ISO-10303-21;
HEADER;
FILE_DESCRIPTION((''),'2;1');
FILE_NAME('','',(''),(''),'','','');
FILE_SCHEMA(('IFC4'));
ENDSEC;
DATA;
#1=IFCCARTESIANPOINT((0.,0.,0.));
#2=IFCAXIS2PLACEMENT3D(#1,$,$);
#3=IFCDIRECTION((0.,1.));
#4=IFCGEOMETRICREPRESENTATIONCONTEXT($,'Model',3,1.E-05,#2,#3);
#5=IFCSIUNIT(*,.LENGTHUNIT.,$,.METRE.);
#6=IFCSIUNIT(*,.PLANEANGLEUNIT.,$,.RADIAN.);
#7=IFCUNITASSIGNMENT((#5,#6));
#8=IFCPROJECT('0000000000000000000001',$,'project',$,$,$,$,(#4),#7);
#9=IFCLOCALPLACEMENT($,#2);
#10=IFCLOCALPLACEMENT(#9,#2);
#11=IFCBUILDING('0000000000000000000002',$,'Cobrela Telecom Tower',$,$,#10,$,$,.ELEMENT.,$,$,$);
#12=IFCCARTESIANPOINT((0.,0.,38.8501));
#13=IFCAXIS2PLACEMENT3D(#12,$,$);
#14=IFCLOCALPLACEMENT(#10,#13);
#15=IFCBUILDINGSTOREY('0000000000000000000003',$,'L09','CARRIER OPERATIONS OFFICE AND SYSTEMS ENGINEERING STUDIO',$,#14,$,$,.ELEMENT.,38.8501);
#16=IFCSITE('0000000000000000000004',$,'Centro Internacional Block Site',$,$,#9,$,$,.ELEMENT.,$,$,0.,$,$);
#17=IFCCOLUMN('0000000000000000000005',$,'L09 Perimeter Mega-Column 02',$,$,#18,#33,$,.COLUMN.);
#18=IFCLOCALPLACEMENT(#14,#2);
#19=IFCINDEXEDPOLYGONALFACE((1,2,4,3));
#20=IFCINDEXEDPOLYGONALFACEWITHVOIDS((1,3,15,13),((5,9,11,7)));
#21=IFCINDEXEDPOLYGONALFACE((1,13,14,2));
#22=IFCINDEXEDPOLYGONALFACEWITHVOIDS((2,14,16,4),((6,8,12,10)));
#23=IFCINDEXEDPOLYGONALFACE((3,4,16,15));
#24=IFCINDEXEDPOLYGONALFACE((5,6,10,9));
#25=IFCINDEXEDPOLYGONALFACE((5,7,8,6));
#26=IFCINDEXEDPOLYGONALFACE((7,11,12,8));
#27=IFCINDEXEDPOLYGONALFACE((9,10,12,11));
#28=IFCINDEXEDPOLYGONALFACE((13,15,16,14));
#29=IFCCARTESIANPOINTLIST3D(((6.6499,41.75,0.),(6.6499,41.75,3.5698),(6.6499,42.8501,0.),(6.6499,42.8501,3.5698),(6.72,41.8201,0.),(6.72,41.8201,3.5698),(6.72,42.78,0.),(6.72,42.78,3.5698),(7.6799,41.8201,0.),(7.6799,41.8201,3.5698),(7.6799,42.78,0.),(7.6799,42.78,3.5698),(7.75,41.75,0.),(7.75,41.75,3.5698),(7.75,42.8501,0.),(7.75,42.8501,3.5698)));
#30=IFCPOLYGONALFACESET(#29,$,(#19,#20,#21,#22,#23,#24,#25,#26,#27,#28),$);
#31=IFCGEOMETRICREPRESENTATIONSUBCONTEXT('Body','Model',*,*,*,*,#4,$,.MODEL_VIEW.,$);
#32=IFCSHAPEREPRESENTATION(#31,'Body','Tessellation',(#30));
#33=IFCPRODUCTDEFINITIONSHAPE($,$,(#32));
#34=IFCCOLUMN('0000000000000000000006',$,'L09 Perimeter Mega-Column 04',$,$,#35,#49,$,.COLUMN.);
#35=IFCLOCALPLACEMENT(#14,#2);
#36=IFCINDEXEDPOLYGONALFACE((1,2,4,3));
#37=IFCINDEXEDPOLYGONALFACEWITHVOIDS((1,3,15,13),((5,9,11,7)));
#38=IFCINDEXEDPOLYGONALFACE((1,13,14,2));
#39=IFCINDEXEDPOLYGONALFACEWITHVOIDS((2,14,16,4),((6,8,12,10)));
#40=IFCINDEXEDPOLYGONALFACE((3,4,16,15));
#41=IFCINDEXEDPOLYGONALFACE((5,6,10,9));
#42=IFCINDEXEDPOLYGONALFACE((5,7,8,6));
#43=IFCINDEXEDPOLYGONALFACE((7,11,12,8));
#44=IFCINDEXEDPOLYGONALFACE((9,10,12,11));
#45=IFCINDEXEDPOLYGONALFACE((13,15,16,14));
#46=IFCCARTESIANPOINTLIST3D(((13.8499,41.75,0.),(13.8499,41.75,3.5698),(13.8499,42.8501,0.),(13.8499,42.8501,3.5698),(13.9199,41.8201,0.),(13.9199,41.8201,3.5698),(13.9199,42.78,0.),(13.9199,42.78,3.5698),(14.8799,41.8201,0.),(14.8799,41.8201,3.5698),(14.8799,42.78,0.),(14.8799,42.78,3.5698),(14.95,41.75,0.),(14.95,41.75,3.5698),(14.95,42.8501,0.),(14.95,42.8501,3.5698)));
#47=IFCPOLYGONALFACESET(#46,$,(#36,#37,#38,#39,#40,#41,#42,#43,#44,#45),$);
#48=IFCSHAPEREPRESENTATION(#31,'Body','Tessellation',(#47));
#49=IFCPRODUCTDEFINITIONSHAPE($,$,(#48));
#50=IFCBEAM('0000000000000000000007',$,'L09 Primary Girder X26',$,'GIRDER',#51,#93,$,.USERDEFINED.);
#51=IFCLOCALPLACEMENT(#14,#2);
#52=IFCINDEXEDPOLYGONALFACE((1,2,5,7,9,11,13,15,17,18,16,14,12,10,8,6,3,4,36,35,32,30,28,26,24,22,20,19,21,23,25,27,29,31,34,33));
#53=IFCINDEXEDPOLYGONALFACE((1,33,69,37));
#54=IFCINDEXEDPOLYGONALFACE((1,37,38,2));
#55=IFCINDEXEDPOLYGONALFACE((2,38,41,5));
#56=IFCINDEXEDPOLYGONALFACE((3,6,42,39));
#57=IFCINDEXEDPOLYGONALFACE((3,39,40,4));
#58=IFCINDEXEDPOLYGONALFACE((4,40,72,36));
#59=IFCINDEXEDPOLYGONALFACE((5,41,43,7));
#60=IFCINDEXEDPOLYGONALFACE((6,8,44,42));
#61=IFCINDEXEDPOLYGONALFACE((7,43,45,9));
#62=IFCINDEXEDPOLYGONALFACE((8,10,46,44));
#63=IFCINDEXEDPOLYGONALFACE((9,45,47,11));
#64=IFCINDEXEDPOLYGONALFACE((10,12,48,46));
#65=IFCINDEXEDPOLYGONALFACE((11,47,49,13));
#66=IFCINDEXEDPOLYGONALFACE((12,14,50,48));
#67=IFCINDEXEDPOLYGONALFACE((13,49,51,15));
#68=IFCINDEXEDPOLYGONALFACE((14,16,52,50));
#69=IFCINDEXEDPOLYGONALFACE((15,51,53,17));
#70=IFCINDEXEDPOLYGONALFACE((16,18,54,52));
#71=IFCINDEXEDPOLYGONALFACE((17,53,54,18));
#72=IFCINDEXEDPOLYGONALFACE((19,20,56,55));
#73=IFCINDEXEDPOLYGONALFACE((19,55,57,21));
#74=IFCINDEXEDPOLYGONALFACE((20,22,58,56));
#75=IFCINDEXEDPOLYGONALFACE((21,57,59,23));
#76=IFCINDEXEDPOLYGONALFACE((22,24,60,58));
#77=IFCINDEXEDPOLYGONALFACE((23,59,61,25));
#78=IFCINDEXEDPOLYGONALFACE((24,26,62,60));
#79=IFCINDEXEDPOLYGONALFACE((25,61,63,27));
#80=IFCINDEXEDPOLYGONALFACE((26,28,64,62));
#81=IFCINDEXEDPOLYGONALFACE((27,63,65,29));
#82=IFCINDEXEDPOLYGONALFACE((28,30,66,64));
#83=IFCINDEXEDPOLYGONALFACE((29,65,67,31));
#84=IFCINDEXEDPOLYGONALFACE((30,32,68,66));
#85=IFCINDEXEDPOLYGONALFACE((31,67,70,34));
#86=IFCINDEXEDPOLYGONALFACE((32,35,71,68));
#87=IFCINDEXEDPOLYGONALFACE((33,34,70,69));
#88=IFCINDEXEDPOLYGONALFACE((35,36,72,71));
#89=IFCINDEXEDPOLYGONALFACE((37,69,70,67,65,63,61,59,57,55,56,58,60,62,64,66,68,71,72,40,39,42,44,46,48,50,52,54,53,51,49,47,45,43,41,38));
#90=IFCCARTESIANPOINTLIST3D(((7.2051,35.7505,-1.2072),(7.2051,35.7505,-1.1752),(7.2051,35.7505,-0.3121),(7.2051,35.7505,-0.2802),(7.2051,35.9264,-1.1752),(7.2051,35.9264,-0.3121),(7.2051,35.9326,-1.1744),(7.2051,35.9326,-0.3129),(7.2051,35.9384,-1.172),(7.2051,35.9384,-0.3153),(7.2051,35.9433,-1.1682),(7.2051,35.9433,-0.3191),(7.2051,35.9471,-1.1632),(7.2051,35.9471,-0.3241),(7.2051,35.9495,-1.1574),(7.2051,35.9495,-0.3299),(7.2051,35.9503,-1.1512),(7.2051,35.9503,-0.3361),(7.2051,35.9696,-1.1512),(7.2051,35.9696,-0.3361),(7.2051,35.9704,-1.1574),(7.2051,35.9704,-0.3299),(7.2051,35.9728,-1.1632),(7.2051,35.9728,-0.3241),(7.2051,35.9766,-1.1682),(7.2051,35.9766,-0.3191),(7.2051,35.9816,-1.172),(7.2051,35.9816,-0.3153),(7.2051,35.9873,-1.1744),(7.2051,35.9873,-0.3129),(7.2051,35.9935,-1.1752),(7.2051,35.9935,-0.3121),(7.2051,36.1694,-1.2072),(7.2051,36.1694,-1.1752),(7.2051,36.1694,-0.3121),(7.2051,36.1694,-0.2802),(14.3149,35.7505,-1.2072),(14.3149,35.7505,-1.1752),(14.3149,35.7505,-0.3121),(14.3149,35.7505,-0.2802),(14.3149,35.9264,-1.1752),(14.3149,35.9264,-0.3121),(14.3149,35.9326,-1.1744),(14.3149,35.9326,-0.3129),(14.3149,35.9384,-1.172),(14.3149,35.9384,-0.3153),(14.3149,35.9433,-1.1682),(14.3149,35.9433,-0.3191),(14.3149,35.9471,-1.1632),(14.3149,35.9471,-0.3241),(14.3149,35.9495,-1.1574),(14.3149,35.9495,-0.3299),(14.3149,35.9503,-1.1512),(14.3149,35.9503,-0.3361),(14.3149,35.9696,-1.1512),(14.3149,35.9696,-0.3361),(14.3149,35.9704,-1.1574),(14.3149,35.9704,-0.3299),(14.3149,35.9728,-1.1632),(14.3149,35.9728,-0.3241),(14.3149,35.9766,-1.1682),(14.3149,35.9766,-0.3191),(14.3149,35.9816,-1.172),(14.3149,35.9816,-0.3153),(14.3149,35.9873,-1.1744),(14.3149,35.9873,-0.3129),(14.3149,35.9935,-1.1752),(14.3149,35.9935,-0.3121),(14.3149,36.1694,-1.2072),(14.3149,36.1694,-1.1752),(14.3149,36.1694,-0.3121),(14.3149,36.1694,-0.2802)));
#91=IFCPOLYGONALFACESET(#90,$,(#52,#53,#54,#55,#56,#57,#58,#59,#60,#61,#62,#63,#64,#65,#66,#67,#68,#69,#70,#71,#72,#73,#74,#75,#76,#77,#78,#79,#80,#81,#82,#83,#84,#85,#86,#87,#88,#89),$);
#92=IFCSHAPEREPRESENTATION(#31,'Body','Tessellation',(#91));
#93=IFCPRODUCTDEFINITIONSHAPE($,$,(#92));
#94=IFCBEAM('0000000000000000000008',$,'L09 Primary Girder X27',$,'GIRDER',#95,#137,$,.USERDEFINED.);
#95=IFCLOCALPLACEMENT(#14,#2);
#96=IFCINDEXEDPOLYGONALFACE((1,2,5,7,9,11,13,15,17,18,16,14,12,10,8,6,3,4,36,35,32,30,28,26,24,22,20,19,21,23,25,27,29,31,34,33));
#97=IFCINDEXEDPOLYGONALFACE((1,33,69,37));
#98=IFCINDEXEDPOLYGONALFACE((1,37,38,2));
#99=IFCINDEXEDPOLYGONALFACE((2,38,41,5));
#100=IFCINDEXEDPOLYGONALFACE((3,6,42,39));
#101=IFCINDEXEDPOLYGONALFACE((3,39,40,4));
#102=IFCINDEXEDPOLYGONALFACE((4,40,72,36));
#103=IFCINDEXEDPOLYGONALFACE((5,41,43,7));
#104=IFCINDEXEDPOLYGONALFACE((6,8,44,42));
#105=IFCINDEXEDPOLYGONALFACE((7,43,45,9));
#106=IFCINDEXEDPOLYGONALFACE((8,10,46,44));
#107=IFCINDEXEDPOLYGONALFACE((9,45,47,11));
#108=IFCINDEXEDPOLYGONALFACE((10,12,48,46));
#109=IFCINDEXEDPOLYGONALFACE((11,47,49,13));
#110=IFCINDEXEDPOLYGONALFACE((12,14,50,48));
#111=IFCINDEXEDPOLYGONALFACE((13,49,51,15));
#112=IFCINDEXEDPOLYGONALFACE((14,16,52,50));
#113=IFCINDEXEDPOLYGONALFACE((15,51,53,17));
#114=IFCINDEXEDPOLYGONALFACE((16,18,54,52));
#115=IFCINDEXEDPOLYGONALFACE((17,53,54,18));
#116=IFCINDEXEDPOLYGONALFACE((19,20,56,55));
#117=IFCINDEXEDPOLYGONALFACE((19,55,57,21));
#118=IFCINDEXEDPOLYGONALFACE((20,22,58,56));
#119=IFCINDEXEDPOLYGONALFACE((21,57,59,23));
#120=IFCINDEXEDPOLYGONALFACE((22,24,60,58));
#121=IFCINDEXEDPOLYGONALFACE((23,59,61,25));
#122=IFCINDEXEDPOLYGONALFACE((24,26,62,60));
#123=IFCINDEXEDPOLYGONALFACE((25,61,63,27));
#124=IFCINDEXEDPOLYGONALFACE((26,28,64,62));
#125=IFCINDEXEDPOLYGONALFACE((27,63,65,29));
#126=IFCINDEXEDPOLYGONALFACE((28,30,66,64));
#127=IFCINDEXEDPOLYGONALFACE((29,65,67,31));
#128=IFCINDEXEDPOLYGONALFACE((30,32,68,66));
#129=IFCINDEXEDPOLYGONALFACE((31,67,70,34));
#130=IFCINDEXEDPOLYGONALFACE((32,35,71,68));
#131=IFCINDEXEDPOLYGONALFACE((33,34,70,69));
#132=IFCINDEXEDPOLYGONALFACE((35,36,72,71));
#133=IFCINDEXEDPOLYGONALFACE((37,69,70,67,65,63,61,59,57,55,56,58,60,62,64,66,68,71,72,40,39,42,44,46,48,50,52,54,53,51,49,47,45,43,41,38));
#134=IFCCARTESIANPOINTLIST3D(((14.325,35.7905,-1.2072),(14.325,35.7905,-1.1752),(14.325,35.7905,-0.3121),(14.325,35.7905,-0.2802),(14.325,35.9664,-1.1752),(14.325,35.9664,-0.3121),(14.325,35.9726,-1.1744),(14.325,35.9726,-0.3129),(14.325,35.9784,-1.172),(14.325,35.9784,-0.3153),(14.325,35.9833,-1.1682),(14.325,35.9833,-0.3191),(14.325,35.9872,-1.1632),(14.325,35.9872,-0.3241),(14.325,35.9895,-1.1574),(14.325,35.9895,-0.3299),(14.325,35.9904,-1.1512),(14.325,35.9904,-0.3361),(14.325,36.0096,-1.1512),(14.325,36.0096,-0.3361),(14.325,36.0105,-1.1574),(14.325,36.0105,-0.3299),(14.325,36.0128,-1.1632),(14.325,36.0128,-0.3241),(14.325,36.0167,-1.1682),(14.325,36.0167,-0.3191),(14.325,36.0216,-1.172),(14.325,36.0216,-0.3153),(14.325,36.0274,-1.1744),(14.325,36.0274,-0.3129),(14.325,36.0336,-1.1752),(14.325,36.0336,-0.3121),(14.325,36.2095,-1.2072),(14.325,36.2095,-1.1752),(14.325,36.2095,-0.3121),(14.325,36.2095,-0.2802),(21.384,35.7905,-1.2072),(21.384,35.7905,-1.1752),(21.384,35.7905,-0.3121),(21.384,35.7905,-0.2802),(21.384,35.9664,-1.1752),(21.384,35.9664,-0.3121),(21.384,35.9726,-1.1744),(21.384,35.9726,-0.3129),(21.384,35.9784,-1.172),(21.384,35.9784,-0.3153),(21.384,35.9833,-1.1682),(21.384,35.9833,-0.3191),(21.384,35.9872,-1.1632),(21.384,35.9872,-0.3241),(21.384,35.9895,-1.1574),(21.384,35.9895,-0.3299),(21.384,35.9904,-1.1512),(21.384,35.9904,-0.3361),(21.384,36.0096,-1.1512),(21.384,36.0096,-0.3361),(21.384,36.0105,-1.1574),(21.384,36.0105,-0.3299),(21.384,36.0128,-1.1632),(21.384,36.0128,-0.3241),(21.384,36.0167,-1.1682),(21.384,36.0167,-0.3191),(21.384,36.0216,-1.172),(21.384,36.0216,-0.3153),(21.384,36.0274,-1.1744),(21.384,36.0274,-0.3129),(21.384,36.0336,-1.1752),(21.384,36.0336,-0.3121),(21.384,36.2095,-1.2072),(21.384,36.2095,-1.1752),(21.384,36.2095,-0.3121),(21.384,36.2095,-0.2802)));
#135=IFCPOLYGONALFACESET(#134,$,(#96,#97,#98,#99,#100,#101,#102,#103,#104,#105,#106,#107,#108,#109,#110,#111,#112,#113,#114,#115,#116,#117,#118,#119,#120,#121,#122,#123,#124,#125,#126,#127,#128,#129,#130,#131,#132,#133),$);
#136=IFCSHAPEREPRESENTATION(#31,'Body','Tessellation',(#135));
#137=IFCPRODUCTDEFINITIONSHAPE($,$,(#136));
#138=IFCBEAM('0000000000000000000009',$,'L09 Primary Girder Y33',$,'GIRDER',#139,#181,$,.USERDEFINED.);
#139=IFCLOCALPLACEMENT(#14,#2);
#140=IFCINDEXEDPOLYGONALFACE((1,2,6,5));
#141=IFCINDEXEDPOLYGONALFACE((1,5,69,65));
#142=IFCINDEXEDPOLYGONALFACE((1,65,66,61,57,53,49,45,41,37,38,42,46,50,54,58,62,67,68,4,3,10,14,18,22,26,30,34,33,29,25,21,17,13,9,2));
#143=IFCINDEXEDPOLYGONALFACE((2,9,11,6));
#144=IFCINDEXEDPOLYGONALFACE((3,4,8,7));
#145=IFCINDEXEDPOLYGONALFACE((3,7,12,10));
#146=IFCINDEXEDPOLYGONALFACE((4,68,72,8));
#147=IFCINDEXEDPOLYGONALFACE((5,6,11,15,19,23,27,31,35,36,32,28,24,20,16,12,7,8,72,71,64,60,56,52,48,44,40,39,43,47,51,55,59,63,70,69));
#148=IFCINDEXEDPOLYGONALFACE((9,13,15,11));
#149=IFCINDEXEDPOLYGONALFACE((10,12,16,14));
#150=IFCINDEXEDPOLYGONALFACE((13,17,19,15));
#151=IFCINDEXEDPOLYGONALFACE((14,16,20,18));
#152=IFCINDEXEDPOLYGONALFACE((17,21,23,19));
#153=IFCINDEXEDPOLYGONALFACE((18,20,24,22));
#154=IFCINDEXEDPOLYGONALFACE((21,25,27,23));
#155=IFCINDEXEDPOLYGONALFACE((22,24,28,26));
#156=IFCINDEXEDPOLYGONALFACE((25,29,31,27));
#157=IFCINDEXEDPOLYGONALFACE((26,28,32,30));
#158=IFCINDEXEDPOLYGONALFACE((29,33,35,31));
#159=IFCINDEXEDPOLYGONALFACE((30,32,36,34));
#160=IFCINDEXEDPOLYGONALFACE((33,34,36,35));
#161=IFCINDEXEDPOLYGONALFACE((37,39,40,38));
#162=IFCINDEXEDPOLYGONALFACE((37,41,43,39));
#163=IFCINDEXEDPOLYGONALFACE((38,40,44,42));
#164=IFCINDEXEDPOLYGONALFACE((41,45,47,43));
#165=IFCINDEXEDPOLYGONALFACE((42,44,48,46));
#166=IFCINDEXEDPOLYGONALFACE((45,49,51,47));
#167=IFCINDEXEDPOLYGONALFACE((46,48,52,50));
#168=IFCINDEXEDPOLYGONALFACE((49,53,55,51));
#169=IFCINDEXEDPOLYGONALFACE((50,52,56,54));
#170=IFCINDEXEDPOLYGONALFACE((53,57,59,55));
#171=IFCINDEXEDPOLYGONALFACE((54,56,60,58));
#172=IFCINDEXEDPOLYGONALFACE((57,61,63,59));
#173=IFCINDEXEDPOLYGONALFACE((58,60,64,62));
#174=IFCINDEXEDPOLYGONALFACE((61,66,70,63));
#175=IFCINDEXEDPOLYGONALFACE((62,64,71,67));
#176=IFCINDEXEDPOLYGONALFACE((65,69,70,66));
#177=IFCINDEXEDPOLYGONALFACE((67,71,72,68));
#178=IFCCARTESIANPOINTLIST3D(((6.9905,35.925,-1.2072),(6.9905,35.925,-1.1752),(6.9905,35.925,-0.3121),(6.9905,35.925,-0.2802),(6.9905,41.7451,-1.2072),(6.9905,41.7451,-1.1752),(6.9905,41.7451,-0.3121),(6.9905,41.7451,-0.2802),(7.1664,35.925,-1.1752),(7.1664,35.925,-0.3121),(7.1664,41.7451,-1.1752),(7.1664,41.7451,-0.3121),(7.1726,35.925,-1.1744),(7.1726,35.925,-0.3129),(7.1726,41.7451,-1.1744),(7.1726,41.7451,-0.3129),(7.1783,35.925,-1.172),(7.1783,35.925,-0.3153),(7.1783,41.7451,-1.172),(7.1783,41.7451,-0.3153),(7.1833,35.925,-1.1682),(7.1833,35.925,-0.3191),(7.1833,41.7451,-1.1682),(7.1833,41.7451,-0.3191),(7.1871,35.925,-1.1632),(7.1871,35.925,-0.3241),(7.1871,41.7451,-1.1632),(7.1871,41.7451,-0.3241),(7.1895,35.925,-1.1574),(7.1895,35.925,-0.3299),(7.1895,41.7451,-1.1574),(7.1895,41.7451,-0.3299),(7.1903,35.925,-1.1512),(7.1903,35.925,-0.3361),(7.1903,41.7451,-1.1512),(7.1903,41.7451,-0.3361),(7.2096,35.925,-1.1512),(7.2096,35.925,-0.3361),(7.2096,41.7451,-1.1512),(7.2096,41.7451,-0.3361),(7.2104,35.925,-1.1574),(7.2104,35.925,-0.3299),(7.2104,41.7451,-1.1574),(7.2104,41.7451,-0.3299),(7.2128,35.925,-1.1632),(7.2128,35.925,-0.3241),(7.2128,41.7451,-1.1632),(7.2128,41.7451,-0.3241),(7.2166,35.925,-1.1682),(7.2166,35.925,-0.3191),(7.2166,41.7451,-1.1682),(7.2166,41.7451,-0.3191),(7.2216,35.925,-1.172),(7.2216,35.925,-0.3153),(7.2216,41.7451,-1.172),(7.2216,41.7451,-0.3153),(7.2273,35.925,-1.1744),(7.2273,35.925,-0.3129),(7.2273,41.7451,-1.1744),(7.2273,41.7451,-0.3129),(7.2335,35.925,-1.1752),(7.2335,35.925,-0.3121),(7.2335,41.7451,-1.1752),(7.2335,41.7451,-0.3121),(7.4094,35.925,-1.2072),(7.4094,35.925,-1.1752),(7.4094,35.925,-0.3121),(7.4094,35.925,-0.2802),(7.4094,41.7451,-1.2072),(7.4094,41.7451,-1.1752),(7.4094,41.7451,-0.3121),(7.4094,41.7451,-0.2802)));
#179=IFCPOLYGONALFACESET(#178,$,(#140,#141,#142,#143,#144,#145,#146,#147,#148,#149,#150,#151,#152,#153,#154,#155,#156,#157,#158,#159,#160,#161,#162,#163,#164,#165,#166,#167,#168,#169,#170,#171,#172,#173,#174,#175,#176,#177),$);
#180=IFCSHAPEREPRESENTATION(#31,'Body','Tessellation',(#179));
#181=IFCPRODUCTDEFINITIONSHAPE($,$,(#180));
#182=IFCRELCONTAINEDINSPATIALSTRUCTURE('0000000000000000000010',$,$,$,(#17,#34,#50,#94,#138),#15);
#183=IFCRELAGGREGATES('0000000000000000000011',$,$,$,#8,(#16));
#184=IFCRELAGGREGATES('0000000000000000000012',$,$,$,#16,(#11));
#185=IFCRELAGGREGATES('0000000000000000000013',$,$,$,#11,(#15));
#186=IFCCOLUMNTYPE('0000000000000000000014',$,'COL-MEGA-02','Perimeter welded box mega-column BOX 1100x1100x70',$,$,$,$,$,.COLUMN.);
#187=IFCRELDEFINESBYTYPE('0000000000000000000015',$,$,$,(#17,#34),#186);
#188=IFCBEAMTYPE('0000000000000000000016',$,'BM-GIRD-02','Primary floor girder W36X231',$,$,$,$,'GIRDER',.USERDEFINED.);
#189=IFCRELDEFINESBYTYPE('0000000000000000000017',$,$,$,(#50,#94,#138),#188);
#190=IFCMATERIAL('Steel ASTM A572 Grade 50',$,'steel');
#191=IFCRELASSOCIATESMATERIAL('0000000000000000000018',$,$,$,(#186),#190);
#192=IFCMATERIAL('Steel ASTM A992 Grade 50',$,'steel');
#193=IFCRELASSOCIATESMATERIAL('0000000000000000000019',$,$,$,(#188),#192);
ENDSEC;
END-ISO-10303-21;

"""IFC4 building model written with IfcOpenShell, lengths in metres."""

from ifc_helpers import new_model, si_unit, direction, frame, origin, origin_2d, place, context, subcontext, project, spatial, hollow_rectangle, i_section, extrude, material, material_profile, profile_set, type_object, element, save


model = new_model("IFC4")

# Units and contexts
model_context = context("Model", 3, precision=1e-05, world=origin(), true_north=direction((0.0, 1.0)))
body_context = subcontext(model_context, "Body", "Model", "MODEL_VIEW")
ifc_project = project(units=[si_unit("LENGTHUNIT", "METRE"), si_unit("PLANEANGLEUNIT", "RADIAN")], contexts=[model_context])

# Site, building, storey
site_placement = place(None, origin())
site = spatial("IfcSite", under=ifc_project, at=site_placement, Name="Centro Internacional Block Site", CompositionType="ELEMENT", RefElevation=0.0)
building_placement = place(site_placement, origin())
building = spatial("IfcBuilding", under=site, at=building_placement, Name="Cobrela Telecom Tower", CompositionType="ELEMENT")
storey_placement = place(building_placement, frame((0.0, 0.0, 38.8501)))
storey = spatial("IfcBuildingStorey", under=building, at=storey_placement, Name="L09", Description="CARRIER OPERATIONS OFFICE AND SYSTEMS ENGINEERING STUDIO", CompositionType="ELEMENT", Elevation=38.8501)

# Columns
ifc_material_1 = material(Name="Steel ASTM A572 Grade 50", Category="steel")
ifc_material_profile_1 = material_profile(ifc_material_1, hollow_rectangle(XDim=1.1001, YDim=1.1001, WallThickness=0.0701, at=origin_2d()), Name="BOX 1100x1100x70")
ifc_profile_set_1 = profile_set([ifc_material_profile_1], Name="Steel ASTM A572 Grade 50")
column_type = type_object("IfcColumnType", Name="COL-MEGA-02", Description="Perimeter welded box mega-column BOX 1100x1100x70", PredefinedType="COLUMN", material=ifc_profile_set_1)
for number, where, z_axis, x_axis, name in (
    (1, (7.2, 42.3, 0.0), (0.0, 0.0, 1.0), (1.0, 0.0, 0.0), "L09 Perimeter Mega-Column 02"),
    (2, (14.3999, 42.3, 0.0), (0.0, 0.0, 1.0), (1.0, 0.0, 0.0), "L09 Perimeter Mega-Column 04"),
):
    element("IfcColumn", number, at=place(storey_placement, frame(where, z_axis=z_axis, x_axis=x_axis)), inside=storey, type_object=column_type, Name=name, PredefinedType="COLUMN", context=body_context, shape_type="SweptSolid", body=[
        extrude(hollow_rectangle(XDim=1.1001, YDim=1.1001, WallThickness=0.0701, at=origin_2d()), origin(), (0.0, 0.0, 1.0), 3.5698),
    ])

# Beams
ifc_material_2 = material(Name="Steel ASTM A992 Grade 50", Category="steel")
ifc_material_profile_2 = material_profile(ifc_material_2, i_section(OverallWidth=0.4189, OverallDepth=0.927, WebThickness=0.0193, FlangeThickness=0.032, FilletRadius=0.0239, at=origin_2d()), Name="W36X231")
ifc_profile_set_2 = profile_set([ifc_material_profile_2], Name="Steel ASTM A992 Grade 50")
beam_type_1 = type_object("IfcBeamType", Name="BM-GIRD-02", Description="Primary floor girder W36X231", ElementType="GIRDER", PredefinedType="USERDEFINED", material=ifc_profile_set_2)
beam_1_placement = place(storey_placement, frame((7.2051, 35.96, -0.7437), z_axis=(1.0, 0.0, 0.0), x_axis=(0.0, 1.0, 0.0)))
element("IfcBeam", 3, at=beam_1_placement, inside=storey, type_object=beam_type_1, Name="L09 Primary Girder X26", ObjectType="GIRDER", PredefinedType="USERDEFINED", context=body_context, shape_type="SweptSolid", body=[
    extrude(i_section(OverallWidth=0.4189, OverallDepth=0.927, WebThickness=0.0193, FlangeThickness=0.032, FilletRadius=0.0239, at=origin_2d()), origin(), (0.0, 0.0, 1.0), 7.1099),
])
beam_2_placement = place(storey_placement, frame((14.325, 36.0, -0.7437), z_axis=(1.0, 0.0, 0.0), x_axis=(0.0, 1.0, 0.0)))
element("IfcBeam", 4, at=beam_2_placement, inside=storey, type_object=beam_type_1, Name="L09 Primary Girder X27", ObjectType="GIRDER", PredefinedType="USERDEFINED", context=body_context, shape_type="SweptSolid", body=[
    extrude(i_section(OverallWidth=0.4189, OverallDepth=0.927, WebThickness=0.0193, FlangeThickness=0.032, FilletRadius=0.0239, at=origin_2d()), origin(), (0.0, 0.0, 1.0), 7.0591),
])
for number, where, z_axis, x_axis, name in (
    (5, (7.2, 35.925, -0.7437), (0.0, 1.0, 0.0), (-1.0, 0.0, 0.0), "L09 Primary Girder Y33"),
):
    element("IfcBeam", number, at=place(storey_placement, frame(where, z_axis=z_axis, x_axis=x_axis)), inside=storey, type_object=beam_type_1, Name=name, ObjectType="GIRDER", PredefinedType="USERDEFINED", context=body_context, shape_type="SweptSolid", body=[
        extrude(i_section(OverallWidth=0.4189, OverallDepth=0.927, WebThickness=0.0193, FlangeThickness=0.032, FilletRadius=0.0239, at=origin_2d()), origin(), (0.0, 0.0, 1.0), 5.8201),
    ])

save(model, "model.ifc")
